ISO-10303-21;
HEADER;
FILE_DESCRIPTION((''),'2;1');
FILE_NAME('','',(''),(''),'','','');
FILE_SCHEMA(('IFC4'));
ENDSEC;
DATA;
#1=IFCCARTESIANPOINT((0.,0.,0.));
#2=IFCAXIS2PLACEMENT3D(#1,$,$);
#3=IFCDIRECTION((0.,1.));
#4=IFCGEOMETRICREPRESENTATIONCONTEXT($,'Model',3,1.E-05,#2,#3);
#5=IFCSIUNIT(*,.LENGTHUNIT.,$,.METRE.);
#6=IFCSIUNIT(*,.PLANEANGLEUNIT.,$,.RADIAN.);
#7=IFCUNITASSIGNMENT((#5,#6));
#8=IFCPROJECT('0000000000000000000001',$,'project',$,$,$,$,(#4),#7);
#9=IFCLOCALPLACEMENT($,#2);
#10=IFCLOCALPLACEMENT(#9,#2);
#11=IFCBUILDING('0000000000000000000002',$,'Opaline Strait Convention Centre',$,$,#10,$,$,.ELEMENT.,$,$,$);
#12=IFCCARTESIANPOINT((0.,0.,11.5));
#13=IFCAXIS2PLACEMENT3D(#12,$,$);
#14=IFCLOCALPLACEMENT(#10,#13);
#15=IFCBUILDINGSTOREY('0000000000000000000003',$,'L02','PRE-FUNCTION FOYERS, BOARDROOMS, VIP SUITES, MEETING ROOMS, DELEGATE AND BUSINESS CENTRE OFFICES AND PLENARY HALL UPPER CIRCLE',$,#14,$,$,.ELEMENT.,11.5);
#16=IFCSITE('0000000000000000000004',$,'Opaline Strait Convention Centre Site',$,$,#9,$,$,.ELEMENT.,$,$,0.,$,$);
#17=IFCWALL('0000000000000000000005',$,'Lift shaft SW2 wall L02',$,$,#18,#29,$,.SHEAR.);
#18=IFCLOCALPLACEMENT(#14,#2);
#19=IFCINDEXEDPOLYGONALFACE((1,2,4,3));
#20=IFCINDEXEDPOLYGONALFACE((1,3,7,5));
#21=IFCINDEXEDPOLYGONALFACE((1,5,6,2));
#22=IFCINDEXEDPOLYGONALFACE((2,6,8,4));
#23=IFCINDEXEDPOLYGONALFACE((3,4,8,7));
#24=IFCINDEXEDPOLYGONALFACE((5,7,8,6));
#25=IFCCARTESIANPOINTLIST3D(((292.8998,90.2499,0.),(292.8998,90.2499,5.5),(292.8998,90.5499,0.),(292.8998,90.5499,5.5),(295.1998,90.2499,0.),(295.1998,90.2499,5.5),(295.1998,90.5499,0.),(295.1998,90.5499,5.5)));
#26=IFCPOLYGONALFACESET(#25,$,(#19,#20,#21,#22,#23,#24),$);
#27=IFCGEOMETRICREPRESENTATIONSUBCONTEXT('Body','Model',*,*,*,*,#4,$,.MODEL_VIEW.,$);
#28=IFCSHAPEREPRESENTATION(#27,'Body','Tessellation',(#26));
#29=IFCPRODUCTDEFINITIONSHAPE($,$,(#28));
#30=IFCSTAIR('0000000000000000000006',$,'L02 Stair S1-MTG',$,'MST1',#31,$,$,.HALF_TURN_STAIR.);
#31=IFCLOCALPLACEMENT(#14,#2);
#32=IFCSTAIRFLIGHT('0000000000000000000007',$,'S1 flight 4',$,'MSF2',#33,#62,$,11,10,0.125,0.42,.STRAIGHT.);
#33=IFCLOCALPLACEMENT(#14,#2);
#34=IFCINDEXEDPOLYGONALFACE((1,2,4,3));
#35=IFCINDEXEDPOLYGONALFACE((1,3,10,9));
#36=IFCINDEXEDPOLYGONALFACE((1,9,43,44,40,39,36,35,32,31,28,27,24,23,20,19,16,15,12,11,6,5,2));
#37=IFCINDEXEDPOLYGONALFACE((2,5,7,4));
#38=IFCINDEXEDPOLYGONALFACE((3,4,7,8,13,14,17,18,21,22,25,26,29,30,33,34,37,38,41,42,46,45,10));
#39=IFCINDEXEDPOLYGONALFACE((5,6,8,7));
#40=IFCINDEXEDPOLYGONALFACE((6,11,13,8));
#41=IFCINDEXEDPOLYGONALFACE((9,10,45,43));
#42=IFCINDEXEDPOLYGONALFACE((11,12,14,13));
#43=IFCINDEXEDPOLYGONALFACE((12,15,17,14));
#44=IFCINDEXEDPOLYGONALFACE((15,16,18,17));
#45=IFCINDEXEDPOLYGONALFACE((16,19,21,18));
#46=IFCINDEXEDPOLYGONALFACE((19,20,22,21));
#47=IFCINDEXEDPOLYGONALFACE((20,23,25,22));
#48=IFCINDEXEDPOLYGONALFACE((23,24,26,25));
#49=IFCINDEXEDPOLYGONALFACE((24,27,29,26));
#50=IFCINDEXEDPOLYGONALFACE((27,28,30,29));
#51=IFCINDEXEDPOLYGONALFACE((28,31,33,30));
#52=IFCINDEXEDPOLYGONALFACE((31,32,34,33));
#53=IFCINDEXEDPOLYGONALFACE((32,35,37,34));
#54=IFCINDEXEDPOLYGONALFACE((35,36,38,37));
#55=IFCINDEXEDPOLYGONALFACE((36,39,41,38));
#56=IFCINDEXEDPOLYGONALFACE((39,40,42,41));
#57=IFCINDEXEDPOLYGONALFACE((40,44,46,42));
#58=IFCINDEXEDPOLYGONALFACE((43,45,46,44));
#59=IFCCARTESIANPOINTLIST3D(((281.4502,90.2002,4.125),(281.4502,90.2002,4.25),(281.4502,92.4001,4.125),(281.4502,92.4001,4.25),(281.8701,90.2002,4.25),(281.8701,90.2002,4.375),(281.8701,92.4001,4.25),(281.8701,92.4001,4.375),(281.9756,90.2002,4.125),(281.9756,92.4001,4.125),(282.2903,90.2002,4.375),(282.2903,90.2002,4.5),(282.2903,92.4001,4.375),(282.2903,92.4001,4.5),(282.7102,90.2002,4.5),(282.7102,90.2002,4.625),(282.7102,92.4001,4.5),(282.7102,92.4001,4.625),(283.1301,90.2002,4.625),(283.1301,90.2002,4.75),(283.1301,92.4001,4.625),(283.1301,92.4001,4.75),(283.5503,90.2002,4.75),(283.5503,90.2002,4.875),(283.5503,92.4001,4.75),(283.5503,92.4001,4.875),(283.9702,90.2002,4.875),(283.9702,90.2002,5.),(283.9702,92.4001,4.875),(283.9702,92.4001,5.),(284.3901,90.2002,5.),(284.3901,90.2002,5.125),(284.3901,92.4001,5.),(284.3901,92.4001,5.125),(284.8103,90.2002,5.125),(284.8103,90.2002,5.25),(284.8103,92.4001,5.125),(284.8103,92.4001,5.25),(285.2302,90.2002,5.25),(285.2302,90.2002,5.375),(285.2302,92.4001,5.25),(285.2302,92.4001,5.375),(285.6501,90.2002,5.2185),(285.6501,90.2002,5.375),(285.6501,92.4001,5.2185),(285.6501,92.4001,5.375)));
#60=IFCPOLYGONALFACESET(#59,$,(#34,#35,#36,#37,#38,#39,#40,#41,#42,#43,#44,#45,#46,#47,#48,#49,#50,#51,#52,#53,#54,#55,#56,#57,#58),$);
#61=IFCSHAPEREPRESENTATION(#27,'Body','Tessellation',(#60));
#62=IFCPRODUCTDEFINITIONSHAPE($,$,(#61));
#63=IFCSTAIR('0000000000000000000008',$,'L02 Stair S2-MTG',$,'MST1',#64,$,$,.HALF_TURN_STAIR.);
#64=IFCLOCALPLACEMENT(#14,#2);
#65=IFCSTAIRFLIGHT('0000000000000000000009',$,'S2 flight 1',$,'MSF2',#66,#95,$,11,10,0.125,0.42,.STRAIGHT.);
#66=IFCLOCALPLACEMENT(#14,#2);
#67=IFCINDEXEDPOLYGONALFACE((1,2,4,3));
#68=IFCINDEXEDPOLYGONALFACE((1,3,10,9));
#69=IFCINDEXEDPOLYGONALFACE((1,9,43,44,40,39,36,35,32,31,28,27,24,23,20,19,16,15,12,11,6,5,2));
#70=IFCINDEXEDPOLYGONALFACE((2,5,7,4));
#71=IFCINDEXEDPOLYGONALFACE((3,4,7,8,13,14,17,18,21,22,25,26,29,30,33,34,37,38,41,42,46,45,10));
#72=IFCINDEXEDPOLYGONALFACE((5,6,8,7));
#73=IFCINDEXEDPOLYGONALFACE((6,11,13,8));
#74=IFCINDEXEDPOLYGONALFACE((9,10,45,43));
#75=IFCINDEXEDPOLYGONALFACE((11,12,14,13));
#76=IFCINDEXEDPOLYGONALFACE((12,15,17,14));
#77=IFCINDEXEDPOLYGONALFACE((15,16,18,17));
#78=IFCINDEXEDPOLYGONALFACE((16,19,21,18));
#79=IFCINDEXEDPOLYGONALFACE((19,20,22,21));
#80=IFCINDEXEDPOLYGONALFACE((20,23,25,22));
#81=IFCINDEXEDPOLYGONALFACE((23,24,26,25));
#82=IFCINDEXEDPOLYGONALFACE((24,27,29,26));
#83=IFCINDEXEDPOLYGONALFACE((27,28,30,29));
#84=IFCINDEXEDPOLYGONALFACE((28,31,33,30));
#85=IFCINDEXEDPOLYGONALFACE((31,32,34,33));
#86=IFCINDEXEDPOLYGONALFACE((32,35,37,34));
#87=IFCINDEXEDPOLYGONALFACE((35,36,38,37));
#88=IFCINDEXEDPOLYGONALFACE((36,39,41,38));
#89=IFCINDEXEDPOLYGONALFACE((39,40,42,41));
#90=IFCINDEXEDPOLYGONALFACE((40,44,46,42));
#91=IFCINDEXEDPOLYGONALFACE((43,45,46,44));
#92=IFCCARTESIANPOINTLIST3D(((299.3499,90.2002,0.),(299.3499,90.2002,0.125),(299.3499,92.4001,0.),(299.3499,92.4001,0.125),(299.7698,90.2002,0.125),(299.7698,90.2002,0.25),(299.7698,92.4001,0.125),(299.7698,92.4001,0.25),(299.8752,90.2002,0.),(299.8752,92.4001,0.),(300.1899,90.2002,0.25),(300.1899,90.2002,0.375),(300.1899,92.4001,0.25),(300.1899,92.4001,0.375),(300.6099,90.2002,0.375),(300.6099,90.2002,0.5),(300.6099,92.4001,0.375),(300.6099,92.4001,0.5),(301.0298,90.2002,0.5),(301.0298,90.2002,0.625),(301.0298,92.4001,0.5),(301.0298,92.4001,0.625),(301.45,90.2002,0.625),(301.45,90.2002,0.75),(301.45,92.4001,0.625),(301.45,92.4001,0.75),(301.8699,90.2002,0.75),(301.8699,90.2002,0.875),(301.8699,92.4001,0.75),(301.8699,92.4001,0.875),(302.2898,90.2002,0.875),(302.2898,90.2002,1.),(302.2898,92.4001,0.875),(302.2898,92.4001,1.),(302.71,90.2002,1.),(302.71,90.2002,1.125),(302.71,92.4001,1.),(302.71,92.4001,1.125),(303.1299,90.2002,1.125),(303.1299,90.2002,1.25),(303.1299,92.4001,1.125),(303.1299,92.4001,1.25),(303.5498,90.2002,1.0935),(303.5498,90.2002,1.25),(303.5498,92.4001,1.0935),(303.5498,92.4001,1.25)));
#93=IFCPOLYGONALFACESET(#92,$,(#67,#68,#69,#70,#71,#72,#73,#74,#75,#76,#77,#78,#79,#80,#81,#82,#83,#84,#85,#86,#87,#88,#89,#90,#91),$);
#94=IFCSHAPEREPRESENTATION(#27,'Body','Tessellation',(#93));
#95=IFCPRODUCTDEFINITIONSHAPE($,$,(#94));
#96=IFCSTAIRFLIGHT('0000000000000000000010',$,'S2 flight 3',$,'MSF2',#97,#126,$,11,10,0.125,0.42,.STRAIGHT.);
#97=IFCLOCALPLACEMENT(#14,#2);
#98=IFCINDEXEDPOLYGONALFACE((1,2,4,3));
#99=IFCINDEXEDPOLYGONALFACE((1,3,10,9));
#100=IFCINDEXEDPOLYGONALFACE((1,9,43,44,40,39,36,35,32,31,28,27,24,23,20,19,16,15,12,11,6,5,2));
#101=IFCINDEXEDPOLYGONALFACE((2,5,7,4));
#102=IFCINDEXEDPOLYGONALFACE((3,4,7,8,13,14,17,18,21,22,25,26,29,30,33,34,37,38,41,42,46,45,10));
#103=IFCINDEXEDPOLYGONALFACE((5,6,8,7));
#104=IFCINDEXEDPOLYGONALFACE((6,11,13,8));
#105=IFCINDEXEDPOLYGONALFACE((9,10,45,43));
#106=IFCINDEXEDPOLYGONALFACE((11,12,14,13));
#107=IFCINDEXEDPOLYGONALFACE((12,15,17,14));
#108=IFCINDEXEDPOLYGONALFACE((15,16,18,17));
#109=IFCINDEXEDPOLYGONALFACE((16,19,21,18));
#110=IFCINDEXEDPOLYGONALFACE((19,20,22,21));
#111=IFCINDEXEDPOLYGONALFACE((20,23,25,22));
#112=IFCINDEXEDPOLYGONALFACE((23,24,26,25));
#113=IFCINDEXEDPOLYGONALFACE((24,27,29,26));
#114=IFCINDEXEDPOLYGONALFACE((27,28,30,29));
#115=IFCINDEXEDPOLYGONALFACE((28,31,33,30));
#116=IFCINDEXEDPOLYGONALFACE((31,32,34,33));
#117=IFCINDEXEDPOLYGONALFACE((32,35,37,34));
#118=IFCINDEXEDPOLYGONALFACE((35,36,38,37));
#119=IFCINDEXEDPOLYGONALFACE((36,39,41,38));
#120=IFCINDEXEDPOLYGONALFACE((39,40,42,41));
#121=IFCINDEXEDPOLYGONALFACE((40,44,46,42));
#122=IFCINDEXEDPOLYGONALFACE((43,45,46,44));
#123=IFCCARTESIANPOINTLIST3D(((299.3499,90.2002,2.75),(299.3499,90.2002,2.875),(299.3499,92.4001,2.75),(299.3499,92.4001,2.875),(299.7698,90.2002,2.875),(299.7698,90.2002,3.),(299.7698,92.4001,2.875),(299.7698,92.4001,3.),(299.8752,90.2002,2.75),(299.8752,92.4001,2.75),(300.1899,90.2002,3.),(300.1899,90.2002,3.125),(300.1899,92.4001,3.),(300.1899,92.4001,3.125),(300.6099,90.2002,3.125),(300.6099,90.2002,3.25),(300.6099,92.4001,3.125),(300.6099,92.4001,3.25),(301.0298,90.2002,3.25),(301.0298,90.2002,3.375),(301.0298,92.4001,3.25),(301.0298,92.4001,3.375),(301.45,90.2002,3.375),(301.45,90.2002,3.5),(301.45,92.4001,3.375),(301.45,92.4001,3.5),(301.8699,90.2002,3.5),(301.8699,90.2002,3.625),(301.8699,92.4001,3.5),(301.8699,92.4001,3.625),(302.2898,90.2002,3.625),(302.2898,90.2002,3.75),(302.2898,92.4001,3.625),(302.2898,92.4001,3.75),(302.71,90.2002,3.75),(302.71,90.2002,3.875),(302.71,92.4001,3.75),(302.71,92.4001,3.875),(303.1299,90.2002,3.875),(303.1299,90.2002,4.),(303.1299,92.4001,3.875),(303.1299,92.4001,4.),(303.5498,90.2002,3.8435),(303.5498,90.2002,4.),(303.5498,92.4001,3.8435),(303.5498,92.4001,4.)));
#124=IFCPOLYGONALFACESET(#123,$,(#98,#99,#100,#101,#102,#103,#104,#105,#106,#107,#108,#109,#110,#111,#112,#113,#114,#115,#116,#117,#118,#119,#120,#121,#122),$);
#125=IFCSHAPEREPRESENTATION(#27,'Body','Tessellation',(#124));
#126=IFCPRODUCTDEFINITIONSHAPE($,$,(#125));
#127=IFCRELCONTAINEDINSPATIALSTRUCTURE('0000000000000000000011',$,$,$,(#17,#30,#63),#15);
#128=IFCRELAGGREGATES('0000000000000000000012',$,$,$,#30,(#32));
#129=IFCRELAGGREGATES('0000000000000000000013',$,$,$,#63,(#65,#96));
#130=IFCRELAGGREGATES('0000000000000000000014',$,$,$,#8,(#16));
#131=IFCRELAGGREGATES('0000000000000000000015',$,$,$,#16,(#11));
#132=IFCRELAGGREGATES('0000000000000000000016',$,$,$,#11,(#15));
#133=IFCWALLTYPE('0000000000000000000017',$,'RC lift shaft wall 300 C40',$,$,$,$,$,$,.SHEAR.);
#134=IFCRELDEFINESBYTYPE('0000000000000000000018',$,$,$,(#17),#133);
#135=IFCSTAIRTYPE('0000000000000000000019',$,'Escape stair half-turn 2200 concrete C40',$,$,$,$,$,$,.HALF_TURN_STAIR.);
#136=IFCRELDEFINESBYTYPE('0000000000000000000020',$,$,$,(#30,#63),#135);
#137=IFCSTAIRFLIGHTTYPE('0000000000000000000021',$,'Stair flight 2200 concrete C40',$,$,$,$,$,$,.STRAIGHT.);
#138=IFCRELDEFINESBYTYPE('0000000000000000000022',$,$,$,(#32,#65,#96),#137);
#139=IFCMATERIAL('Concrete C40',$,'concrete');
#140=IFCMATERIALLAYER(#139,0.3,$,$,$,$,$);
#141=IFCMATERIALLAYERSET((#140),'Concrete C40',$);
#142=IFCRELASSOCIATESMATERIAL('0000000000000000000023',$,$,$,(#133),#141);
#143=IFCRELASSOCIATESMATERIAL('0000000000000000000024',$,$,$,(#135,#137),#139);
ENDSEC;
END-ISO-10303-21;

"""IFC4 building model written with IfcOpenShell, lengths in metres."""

from ifc_helpers import new_model, si_unit, direction, frame, frame_2d, origin, place, context, subcontext, project, spatial, polyline, rectangle, outline, extrude, material, layer, layer_set, type_object, element, aggregate, save


model = new_model("IFC4")

# Units and contexts
model_context = context("Model", 3, precision=1e-05, world=origin(), true_north=direction((0.0, 1.0)))
body_context = subcontext(model_context, "Body", "Model", "MODEL_VIEW")
ifc_project = project(units=[si_unit("LENGTHUNIT", "METRE"), si_unit("PLANEANGLEUNIT", "RADIAN")], contexts=[model_context])

# Site, building, storey
site_placement = place(None, origin())
site = spatial("IfcSite", under=ifc_project, at=site_placement, Name="Opaline Strait Convention Centre Site", CompositionType="ELEMENT", RefElevation=0.0)
building_placement = place(site_placement, origin())
building = spatial("IfcBuilding", under=site, at=building_placement, Name="Opaline Strait Convention Centre", CompositionType="ELEMENT")
storey_placement = place(building_placement, frame((0.0, 0.0, 11.5)))
storey = spatial("IfcBuildingStorey", under=building, at=storey_placement, Name="L02", Description="PRE-FUNCTION FOYERS, BOARDROOMS, VIP SUITES, MEETING ROOMS, DELEGATE AND BUSINESS CENTRE OFFICES AND PLENARY HALL UPPER CIRCLE", CompositionType="ELEMENT", Elevation=11.5)

# Shared definitions
ifc_material_1 = material(Name="Concrete C40", Category="concrete")

# Wall
ifc_layer_1 = layer(ifc_material_1, 0.3)
ifc_layer_set_1 = layer_set([ifc_layer_1], Name="Concrete C40")
wall_type_1 = type_object("IfcWallType", Name="RC lift shaft wall 300 C40", PredefinedType="SHEAR", material=ifc_layer_set_1)
wall_1_placement = place(storey_placement, frame((292.8999, 90.3999, 0.0), z_axis=(0.0, 0.0, 1.0), x_axis=(1.0, 0.0, 0.0)))
element("IfcWall", 1, at=wall_1_placement, inside=storey, type_object=wall_type_1, Name="Lift shaft SW2 wall L02", PredefinedType="SHEAR", context=body_context, shape_type="SweptSolid", body=[
    extrude(rectangle(XDim=2.3, YDim=0.3, at=frame_2d((1.1499, 0.0))), origin(), (0.0, 0.0, 1.0), 5.5),
])

# Stair, stair flight
stair_type = type_object("IfcStairType", Name="Escape stair half-turn 2200 concrete C40", PredefinedType="HALF_TURN_STAIR", material=ifc_material_1)
stair_1_placement = place(storey_placement, origin())
stair_1 = element("IfcStair", 2, at=stair_1_placement, inside=storey, type_object=stair_type, Name="L02 Stair S1-MTG", ObjectType="MST1", PredefinedType="HALF_TURN_STAIR")
stair_flight_type = type_object("IfcStairFlightType", Name="Stair flight 2200 concrete C40", PredefinedType="STRAIGHT", material=ifc_material_1)
stair_flight_1_placement = place(storey_placement, frame((281.4502, 91.3, 4.125), z_axis=(0.0, 0.0, 1.0), x_axis=(1.0, 0.0, 0.0)))
stair_flight_1 = element("IfcStairFlight", 3, at=stair_flight_1_placement, type_object=stair_flight_type, Name="S1 flight 4", ObjectType="MSF2", NumberOfRisers=11, NumberOfTreads=10, PredefinedType="STRAIGHT", RiserHeight=0.125, TreadLength=0.42, context=body_context, shape_type="SweptSolid", body=[
    extrude(outline(polyline([(0.0, 0.0), (0.0, 0.125), (0.4199, 0.125), (0.4199, 0.25), (0.8401, 0.25), (0.8401, 0.375), (1.26, 0.375), (1.26, 0.5), (1.6799, 0.5), (1.6799, 0.625), (2.1001, 0.625), (2.1001, 0.75), (2.52, 0.75), (2.52, 0.875), (2.9399, 0.875), (2.9399, 1.0), (3.3601, 1.0), (3.3601, 1.125), (3.78, 1.125), (3.78, 1.25), (4.2, 1.25), (4.2, 1.375), (4.2, 1.0935), (0.5254, 0.0), (0.0, 0.0)])), frame((0.0, 1.1001, 0.0), z_axis=(0.0, -1.0, 0.0), x_axis=(1.0, 0.0, 0.0)), (0.0, 0.0, 1.0), 2.2),
])
aggregate(stair_1, [stair_flight_1])

# Stair, stair flights
stair_2_placement = place(storey_placement, origin())
stair_2 = element("IfcStair", 4, at=stair_2_placement, inside=storey, type_object=stair_type, Name="L02 Stair S2-MTG", ObjectType="MST1", PredefinedType="HALF_TURN_STAIR")
stair_flight_2_placement = place(storey_placement, frame((299.3499, 91.3, 0.0), z_axis=(0.0, 0.0, 1.0), x_axis=(1.0, 0.0, 0.0)))
stair_flight_2 = element("IfcStairFlight", 5, at=stair_flight_2_placement, type_object=stair_flight_type, Name="S2 flight 1", ObjectType="MSF2", NumberOfRisers=11, NumberOfTreads=10, PredefinedType="STRAIGHT", RiserHeight=0.125, TreadLength=0.42, context=body_context, shape_type="SweptSolid", body=[
    extrude(outline(polyline([(0.0, 0.0), (0.0, 0.125), (0.4199, 0.125), (0.4199, 0.25), (0.8401, 0.25), (0.8401, 0.375), (1.26, 0.375), (1.26, 0.5), (1.6799, 0.5), (1.6799, 0.625), (2.1001, 0.625), (2.1001, 0.75), (2.52, 0.75), (2.52, 0.875), (2.9399, 0.875), (2.9399, 1.0), (3.3601, 1.0), (3.3601, 1.125), (3.78, 1.125), (3.78, 1.25), (4.2, 1.25), (4.2, 1.375), (4.2, 1.0935), (0.5254, 0.0), (0.0, 0.0)])), frame((0.0, 1.1001, 0.0), z_axis=(0.0, -1.0, 0.0), x_axis=(1.0, 0.0, 0.0)), (0.0, 0.0, 1.0), 2.2),
])
stair_flight_3_placement = place(storey_placement, frame((299.3499, 91.3, 2.75), z_axis=(0.0, 0.0, 1.0), x_axis=(1.0, 0.0, 0.0)))
stair_flight_3 = element("IfcStairFlight", 6, at=stair_flight_3_placement, type_object=stair_flight_type, Name="S2 flight 3", ObjectType="MSF2", NumberOfRisers=11, NumberOfTreads=10, PredefinedType="STRAIGHT", RiserHeight=0.125, TreadLength=0.42, context=body_context, shape_type="SweptSolid", body=[
    extrude(outline(polyline([(0.0, 0.0), (0.0, 0.125), (0.4199, 0.125), (0.4199, 0.25), (0.8401, 0.25), (0.8401, 0.375), (1.26, 0.375), (1.26, 0.5), (1.6799, 0.5), (1.6799, 0.625), (2.1001, 0.625), (2.1001, 0.75), (2.52, 0.75), (2.52, 0.875), (2.9399, 0.875), (2.9399, 1.0), (3.3601, 1.0), (3.3601, 1.125), (3.78, 1.125), (3.78, 1.25), (4.2, 1.25), (4.2, 1.375), (4.2, 1.0935), (0.5254, 0.0), (0.0, 0.0)])), frame((0.0, 1.1001, 0.0), z_axis=(0.0, -1.0, 0.0), x_axis=(1.0, 0.0, 0.0)), (0.0, 0.0, 1.0), 2.2),
])
aggregate(stair_2, [stair_flight_2, stair_flight_3])

save(model, "model.ifc")
